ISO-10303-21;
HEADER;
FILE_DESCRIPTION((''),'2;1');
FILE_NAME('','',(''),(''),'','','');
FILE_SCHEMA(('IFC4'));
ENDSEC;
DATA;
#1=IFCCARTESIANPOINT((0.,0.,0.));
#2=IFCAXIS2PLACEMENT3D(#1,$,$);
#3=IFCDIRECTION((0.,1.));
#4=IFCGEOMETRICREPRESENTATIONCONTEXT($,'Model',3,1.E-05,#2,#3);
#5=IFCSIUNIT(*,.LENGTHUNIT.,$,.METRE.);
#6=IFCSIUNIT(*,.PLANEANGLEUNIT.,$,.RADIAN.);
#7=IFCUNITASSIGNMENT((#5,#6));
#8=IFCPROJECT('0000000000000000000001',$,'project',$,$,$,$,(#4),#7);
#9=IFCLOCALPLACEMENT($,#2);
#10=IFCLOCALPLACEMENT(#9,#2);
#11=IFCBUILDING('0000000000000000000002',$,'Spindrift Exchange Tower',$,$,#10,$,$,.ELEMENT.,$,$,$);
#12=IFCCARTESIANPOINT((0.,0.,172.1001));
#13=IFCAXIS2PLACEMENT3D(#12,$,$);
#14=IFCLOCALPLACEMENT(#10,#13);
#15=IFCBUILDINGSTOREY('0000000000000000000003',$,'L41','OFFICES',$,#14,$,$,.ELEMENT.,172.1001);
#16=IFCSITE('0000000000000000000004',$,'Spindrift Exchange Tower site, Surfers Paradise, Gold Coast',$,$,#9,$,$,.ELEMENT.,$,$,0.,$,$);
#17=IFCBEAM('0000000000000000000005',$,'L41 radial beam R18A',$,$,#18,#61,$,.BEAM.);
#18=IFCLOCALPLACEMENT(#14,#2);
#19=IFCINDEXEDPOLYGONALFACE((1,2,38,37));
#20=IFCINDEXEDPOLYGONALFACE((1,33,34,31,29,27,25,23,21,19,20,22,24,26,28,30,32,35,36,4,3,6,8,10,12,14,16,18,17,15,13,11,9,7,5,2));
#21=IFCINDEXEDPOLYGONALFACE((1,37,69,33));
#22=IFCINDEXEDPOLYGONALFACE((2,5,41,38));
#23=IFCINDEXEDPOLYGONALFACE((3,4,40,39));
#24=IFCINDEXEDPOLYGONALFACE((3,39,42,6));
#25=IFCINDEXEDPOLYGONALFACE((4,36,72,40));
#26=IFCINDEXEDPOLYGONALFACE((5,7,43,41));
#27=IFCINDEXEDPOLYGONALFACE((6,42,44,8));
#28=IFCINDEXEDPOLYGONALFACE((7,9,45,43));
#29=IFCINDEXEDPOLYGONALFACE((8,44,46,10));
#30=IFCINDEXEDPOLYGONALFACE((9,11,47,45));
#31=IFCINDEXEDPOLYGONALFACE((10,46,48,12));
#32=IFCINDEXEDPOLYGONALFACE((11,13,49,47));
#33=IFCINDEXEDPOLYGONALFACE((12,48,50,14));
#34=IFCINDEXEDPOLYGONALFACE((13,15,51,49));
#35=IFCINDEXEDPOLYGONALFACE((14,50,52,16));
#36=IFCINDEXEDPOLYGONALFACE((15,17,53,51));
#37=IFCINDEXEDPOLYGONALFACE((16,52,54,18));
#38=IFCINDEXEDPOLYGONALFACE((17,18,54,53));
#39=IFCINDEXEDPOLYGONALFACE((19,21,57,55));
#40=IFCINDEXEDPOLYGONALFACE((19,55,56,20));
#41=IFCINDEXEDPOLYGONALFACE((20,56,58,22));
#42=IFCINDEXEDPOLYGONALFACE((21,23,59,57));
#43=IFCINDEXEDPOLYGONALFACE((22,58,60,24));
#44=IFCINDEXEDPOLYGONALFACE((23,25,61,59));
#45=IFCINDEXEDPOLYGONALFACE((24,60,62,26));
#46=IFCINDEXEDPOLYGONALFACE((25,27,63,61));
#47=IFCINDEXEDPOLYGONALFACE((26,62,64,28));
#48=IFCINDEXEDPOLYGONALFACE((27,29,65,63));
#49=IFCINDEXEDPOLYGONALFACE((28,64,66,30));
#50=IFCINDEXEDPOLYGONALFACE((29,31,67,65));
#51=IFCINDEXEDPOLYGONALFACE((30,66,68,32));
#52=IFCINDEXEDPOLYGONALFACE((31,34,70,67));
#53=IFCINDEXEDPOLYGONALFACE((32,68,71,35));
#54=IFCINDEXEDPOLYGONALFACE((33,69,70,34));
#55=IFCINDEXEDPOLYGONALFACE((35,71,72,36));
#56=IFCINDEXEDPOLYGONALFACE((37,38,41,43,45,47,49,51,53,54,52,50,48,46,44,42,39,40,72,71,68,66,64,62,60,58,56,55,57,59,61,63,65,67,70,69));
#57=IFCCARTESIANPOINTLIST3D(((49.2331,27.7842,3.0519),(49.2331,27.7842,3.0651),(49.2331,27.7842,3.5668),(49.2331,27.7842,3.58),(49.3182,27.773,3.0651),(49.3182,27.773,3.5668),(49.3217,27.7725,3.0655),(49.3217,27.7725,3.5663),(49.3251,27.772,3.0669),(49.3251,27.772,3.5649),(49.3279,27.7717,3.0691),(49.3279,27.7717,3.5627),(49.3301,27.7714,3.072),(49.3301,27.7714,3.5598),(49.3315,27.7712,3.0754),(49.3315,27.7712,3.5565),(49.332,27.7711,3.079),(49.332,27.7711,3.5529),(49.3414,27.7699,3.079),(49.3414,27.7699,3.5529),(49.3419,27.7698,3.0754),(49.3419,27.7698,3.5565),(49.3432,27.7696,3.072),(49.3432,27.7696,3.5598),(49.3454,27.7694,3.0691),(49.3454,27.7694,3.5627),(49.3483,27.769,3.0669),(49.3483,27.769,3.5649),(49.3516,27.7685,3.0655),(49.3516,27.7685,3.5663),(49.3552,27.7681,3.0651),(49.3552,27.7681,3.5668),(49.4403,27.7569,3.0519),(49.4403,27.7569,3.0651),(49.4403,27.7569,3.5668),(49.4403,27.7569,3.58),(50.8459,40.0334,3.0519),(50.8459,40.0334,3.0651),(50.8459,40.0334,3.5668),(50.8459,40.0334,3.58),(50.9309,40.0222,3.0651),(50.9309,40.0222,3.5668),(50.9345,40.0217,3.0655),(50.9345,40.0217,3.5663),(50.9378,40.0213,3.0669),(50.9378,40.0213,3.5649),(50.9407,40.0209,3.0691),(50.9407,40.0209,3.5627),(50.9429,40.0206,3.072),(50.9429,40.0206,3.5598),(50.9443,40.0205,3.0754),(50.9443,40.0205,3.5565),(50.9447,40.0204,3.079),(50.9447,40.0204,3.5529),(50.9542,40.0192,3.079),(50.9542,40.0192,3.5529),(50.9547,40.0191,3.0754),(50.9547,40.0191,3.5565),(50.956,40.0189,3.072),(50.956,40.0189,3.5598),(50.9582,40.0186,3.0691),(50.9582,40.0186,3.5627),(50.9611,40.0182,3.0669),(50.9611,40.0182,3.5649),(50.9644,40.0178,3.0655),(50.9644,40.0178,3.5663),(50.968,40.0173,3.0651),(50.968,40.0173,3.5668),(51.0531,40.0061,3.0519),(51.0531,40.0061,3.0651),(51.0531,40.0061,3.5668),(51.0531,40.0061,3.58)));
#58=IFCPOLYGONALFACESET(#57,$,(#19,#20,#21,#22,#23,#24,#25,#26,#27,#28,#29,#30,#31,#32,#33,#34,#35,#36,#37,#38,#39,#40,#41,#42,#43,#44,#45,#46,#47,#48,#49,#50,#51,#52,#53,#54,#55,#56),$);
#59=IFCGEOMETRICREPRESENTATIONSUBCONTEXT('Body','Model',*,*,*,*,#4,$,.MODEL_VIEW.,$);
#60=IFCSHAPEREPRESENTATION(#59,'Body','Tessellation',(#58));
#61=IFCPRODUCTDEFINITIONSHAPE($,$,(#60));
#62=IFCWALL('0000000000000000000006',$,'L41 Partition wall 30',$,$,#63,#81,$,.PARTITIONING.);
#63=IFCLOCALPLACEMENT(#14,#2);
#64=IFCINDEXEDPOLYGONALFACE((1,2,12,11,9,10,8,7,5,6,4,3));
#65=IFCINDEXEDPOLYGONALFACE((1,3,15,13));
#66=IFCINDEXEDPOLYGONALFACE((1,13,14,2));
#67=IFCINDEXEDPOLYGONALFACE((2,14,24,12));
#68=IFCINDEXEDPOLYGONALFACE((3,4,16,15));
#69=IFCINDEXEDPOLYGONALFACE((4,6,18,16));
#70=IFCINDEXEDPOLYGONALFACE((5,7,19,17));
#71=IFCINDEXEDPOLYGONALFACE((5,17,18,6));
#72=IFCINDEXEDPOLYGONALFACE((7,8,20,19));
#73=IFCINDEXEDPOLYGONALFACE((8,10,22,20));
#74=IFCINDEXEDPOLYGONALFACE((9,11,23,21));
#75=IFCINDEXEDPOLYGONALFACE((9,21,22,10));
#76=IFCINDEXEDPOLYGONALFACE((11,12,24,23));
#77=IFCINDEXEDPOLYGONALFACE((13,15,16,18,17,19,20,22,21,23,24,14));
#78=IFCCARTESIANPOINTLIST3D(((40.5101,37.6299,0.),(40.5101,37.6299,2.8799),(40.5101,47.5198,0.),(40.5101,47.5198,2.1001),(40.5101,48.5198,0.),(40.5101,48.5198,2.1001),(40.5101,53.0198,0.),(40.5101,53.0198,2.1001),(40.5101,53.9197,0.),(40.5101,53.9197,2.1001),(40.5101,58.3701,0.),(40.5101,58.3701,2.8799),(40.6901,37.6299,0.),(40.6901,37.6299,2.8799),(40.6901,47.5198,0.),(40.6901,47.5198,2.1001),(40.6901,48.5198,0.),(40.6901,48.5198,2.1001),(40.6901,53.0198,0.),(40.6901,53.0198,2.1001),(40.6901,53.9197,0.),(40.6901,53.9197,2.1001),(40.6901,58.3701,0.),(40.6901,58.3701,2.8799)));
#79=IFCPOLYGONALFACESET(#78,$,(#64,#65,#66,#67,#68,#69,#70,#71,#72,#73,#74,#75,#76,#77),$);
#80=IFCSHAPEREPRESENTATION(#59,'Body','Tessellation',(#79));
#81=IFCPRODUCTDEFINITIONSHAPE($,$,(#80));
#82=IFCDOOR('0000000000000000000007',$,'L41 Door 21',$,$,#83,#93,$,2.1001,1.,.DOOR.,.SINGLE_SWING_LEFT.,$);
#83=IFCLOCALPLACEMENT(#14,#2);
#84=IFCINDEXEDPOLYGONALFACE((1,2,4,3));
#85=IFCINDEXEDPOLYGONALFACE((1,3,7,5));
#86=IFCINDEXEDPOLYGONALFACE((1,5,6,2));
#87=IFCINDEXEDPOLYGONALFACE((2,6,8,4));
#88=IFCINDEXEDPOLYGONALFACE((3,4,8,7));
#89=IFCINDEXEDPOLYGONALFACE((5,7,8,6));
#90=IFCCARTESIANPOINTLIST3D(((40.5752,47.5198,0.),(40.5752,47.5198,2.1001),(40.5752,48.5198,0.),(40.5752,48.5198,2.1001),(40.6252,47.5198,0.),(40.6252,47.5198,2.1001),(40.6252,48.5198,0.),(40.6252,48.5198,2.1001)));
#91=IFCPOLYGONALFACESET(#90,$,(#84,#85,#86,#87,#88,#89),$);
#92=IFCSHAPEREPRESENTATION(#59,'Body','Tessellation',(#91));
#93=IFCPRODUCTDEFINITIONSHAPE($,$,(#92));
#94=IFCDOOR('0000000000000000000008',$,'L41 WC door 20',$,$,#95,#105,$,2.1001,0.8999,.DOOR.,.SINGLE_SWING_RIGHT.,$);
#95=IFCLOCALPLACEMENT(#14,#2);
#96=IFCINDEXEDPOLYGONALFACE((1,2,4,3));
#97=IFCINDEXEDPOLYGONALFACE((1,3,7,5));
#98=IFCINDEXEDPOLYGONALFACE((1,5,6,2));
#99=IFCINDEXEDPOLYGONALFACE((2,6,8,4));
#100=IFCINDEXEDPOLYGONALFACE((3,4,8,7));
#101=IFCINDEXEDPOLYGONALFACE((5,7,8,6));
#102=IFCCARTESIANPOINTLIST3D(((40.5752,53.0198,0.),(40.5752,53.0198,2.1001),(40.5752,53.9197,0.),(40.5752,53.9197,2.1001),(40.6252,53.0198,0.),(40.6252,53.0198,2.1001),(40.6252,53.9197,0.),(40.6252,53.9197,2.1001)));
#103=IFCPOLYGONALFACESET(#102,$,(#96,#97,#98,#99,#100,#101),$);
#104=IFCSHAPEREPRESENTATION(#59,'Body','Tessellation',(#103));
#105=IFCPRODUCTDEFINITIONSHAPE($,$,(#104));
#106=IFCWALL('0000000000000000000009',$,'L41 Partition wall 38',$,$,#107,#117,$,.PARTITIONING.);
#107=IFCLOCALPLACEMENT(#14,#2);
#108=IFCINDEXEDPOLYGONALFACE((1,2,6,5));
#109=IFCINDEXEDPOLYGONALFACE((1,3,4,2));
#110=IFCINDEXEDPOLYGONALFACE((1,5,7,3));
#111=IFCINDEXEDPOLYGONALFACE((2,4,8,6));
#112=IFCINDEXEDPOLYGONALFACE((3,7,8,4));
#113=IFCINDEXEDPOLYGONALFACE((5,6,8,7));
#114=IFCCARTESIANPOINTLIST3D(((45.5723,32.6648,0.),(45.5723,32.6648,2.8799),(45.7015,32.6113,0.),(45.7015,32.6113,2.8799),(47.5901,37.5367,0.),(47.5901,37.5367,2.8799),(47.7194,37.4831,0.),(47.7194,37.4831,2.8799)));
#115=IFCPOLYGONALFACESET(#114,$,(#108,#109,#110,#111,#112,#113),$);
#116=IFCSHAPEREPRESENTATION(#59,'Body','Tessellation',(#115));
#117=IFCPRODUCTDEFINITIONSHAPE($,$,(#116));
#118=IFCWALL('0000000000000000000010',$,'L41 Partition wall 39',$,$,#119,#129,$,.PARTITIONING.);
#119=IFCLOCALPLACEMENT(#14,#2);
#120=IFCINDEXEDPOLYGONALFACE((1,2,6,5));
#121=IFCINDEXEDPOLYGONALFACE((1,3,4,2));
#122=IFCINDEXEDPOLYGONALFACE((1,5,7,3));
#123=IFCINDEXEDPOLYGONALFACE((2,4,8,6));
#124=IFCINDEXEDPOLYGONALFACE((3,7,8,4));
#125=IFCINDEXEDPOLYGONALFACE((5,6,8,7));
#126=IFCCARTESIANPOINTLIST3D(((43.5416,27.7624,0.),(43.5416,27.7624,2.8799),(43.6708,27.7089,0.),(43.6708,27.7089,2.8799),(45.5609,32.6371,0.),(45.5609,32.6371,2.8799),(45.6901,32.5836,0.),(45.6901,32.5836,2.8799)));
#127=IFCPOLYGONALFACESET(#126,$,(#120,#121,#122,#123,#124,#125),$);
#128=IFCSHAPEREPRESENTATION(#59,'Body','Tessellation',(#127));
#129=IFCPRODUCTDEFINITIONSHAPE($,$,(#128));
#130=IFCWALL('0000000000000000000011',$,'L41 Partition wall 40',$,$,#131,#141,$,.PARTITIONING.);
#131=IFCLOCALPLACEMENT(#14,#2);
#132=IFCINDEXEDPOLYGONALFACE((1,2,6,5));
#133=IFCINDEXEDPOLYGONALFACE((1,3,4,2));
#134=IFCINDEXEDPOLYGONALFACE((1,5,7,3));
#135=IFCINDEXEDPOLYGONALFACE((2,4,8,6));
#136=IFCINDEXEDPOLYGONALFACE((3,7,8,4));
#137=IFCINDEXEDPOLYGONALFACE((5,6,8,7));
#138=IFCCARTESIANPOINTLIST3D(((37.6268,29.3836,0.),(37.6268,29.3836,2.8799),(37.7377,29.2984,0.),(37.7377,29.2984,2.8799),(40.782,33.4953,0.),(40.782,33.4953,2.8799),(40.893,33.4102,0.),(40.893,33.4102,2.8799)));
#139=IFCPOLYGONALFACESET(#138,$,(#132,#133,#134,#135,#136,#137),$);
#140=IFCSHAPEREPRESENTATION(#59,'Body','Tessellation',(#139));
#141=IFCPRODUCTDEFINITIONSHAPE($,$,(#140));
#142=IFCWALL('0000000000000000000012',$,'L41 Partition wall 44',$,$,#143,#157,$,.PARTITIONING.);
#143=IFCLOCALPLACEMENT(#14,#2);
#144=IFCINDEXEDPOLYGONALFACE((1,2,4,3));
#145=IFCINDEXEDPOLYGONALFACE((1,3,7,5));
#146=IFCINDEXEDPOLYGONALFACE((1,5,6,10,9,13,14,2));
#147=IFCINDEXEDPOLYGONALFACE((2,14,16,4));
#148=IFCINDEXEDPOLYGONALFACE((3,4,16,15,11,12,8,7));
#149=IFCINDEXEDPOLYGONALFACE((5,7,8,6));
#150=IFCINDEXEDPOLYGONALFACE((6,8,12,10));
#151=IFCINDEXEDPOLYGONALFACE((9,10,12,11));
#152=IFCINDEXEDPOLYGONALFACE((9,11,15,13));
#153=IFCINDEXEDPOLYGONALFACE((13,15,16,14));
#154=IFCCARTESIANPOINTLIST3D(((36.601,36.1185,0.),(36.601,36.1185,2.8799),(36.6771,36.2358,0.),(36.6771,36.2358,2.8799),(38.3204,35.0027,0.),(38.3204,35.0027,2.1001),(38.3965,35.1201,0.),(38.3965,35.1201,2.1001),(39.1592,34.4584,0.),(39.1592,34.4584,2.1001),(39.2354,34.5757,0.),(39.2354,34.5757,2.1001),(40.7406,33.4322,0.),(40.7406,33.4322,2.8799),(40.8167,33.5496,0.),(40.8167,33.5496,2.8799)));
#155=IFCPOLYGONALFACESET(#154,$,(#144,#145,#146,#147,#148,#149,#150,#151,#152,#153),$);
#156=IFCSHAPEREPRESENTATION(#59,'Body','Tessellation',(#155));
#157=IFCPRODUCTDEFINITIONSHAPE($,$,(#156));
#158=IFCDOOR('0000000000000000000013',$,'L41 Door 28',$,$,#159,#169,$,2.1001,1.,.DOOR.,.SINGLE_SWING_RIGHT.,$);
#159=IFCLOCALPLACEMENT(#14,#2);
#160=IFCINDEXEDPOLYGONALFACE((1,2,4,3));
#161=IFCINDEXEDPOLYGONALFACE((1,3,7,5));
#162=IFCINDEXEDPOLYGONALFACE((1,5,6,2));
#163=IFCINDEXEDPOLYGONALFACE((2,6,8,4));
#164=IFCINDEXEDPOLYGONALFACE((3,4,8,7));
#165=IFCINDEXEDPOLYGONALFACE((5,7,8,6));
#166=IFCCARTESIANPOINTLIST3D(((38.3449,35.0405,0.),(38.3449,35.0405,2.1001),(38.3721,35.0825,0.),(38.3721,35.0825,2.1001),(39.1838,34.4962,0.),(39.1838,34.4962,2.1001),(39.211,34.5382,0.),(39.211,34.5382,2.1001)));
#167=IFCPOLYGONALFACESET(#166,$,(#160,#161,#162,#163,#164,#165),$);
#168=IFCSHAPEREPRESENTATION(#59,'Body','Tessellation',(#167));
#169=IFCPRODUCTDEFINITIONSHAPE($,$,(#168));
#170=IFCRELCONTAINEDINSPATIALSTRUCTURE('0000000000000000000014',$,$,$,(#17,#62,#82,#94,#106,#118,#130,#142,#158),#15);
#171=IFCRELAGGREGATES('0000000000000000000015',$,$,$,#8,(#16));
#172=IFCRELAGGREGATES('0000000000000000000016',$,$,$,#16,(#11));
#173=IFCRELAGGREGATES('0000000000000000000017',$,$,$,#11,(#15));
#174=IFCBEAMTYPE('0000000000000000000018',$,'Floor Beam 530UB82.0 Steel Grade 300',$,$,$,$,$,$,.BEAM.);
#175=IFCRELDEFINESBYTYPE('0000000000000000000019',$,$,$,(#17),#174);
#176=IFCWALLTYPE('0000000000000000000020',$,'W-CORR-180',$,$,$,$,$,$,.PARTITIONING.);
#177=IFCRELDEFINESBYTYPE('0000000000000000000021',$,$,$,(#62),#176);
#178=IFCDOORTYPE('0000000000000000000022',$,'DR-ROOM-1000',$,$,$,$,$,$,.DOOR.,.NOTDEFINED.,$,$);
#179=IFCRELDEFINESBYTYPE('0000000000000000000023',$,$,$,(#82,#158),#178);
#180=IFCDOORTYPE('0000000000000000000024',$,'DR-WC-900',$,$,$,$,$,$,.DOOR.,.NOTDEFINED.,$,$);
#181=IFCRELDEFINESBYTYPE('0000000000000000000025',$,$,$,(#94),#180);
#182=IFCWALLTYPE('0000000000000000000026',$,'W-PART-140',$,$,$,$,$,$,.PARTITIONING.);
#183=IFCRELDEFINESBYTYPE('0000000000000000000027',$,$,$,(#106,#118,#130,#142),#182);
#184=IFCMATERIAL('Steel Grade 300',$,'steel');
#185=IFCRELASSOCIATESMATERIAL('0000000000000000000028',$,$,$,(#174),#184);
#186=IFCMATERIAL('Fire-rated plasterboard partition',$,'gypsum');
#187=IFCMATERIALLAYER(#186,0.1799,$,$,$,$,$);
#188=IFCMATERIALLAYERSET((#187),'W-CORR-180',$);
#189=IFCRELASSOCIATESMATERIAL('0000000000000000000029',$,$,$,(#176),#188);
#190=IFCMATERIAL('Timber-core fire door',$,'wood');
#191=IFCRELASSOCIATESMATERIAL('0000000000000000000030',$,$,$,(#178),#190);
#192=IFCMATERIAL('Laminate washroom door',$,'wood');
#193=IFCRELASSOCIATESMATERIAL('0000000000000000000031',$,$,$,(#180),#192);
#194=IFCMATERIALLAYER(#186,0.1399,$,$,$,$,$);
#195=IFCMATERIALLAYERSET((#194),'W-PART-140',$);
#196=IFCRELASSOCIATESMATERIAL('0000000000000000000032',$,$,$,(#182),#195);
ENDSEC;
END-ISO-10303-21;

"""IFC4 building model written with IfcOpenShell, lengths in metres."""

from ifc_helpers import new_model, si_unit, direction, frame, frame_2d, origin, origin_2d, place, context, subcontext, project, spatial, rectangle, i_section, extrude, source, transform, mapped, material, layer, layer_set, material_profile, profile_set, type_object, element, fill, save


model = new_model("IFC4")

# Units and contexts
model_context = context("Model", 3, precision=1e-05, world=origin(), true_north=direction((0.0, 1.0)))
body_context = subcontext(model_context, "Body", "Model", "MODEL_VIEW")
ifc_project = project(units=[si_unit("LENGTHUNIT", "METRE"), si_unit("PLANEANGLEUNIT", "RADIAN")], contexts=[model_context])

# Site, building, storey
site_placement = place(None, origin())
site = spatial("IfcSite", under=ifc_project, at=site_placement, Name="Spindrift Exchange Tower site, Surfers Paradise, Gold Coast", CompositionType="ELEMENT", RefElevation=0.0)
building_placement = place(site_placement, origin())
building = spatial("IfcBuilding", under=site, at=building_placement, Name="Spindrift Exchange Tower", CompositionType="ELEMENT")
storey_placement = place(building_placement, frame((0.0, 0.0, 172.1001)))
storey = spatial("IfcBuildingStorey", under=building, at=storey_placement, Name="L41", Description="OFFICES", CompositionType="ELEMENT", Elevation=172.1001)

# Beam
ifc_material_1 = material(Name="Steel Grade 300", Category="steel")
ifc_material_profile_1 = material_profile(ifc_material_1, i_section(OverallWidth=0.209, OverallDepth=0.5281, WebThickness=0.0095, FlangeThickness=0.0132, FilletRadius=0.0139, at=origin_2d()), Name="530UB82.0")
ifc_profile_set_1 = profile_set([ifc_material_profile_1], Name="Steel Grade 300")
beam_type_1 = type_object("IfcBeamType", Name="Floor Beam 530UB82.0 Steel Grade 300", PredefinedType="BEAM", material=ifc_profile_set_1)
shared_shape_1 = source(origin(), body_context, "Body", "SweptSolid", [
    extrude(i_section(OverallWidth=0.209, OverallDepth=0.5281, WebThickness=0.0095, FlangeThickness=0.0132, FilletRadius=0.0139, at=origin_2d()), origin(), (0.0, 0.0, 1.0), 12.355),
])
beam_1_placement = place(storey_placement, frame((50.9495, 40.0198, 3.3159), z_axis=(-0.130538, -0.991443, 0.0), x_axis=(0.991443, -0.130538, 0.0)))
element("IfcBeam", 1, at=beam_1_placement, inside=storey, type_object=beam_type_1, Name="L41 radial beam R18A", PredefinedType="BEAM", context=body_context, shape_type="MappedRepresentation", body=[
    mapped(shared_shape_1, transform((0.0, 0.0, 0.0), scale=1.0)),
])

# Wall, openings, doors
ifc_material_2 = material(Name="Fire-rated plasterboard partition", Category="gypsum")
ifc_layer_1 = layer(ifc_material_2, 0.1799)
ifc_layer_set_1 = layer_set([ifc_layer_1], Name="W-CORR-180")
wall_type_1 = type_object("IfcWallType", Name="W-CORR-180", PredefinedType="PARTITIONING", material=ifc_layer_set_1)
wall_1_placement = place(storey_placement, frame((40.6001, 37.6299, 0.0), z_axis=(0.0, 0.0, 1.0), x_axis=(0.0, 1.0, 0.0)))
wall_1 = element("IfcWall", 2, at=wall_1_placement, inside=storey, type_object=wall_type_1, Name="L41 Partition wall 30", PredefinedType="PARTITIONING", context=body_context, shape_type="SweptSolid", body=[
    extrude(rectangle(XDim=20.7402, YDim=0.1799, at=frame_2d((10.3701, 0.0))), origin(), (0.0, 0.0, 1.0), 2.8799),
])
opening_1_placement = place(wall_1_placement, frame((15.3899, 0.0, 0.0)))
opening_1 = element("IfcOpeningElement", 3, at=opening_1_placement, cuts=wall_1, PredefinedType="OPENING", context=body_context, shape_type="SweptSolid", body=[
    extrude(rectangle(XDim=0.8999, YDim=2.1001, at=frame_2d((0.45, 1.05))), frame((0.0, 0.0999, 0.0), z_axis=(0.0, -1.0, 0.0), x_axis=(1.0, 0.0, 0.0)), (0.0, 0.0, 1.0), 0.2),
])
opening_2_placement = place(wall_1_placement, frame((9.8899, 0.0, 0.0)))
opening_2 = element("IfcOpeningElement", 4, at=opening_2_placement, cuts=wall_1, PredefinedType="OPENING", context=body_context, shape_type="SweptSolid", body=[
    extrude(rectangle(XDim=1.0, YDim=2.1001, at=frame_2d((0.5, 1.05))), frame((0.0, 0.0999, 0.0), z_axis=(0.0, -1.0, 0.0), x_axis=(1.0, 0.0, 0.0)), (0.0, 0.0, 1.0), 0.2),
])
ifc_material_3 = material(Name="Timber-core fire door", Category="wood")
door_type_1 = type_object("IfcDoorType", Name="DR-ROOM-1000", OperationType="NOTDEFINED", PredefinedType="DOOR", material=ifc_material_3)
shared_shape_2 = source(origin(), body_context, "Body", "SweptSolid", [
    extrude(rectangle(XDim=1.0, YDim=2.1001, at=frame_2d((0.5, 1.05))), frame((0.0, 0.0249, 0.0), z_axis=(0.0, -1.0, 0.0), x_axis=(1.0, 0.0, 0.0)), (0.0, 0.0, 1.0), 0.05),
])
door_1_placement = place(opening_2_placement, origin())
door_1 = element("IfcDoor", 5, at=door_1_placement, inside=storey, type_object=door_type_1, Name="L41 Door 21", OperationType="SINGLE_SWING_LEFT", OverallHeight=2.1001, OverallWidth=1.0, PredefinedType="DOOR", context=body_context, shape_type="MappedRepresentation", body=[
    mapped(shared_shape_2, transform((0.0, 0.0, 0.0), scale=1.0)),
])
fill(opening_2, door_1)
ifc_material_4 = material(Name="Laminate washroom door", Category="wood")
door_type_2 = type_object("IfcDoorType", Name="DR-WC-900", OperationType="NOTDEFINED", PredefinedType="DOOR", material=ifc_material_4)
shared_shape_3 = source(origin(), body_context, "Body", "SweptSolid", [
    extrude(rectangle(XDim=0.8999, YDim=2.1001, at=frame_2d((0.45, 1.05))), frame((0.0, 0.0249, 0.0), z_axis=(0.0, -1.0, 0.0), x_axis=(1.0, 0.0, 0.0)), (0.0, 0.0, 1.0), 0.05),
])
door_2_placement = place(opening_1_placement, origin())
door_2 = element("IfcDoor", 6, at=door_2_placement, inside=storey, type_object=door_type_2, Name="L41 WC door 20", OperationType="SINGLE_SWING_RIGHT", OverallHeight=2.1001, OverallWidth=0.8999, PredefinedType="DOOR", context=body_context, shape_type="MappedRepresentation", body=[
    mapped(shared_shape_3, transform((0.0, 0.0, 0.0), scale=1.0)),
])
fill(opening_1, door_2)

# Walls
ifc_layer_2 = layer(ifc_material_2, 0.1399)
ifc_layer_set_2 = layer_set([ifc_layer_2], Name="W-PART-140")
wall_type_2 = type_object("IfcWallType", Name="W-PART-140", PredefinedType="PARTITIONING", material=ifc_layer_set_2)
wall_2_placement = place(storey_placement, frame((47.6548, 37.51, 0.0), z_axis=(0.0, 0.0, 1.0), x_axis=(-0.382658, -0.92389, 0.0)))
element("IfcWall", 7, at=wall_2_placement, inside=storey, type_object=wall_type_2, Name="L41 Partition wall 38", PredefinedType="PARTITIONING", context=body_context, shape_type="SweptSolid", body=[
    extrude(rectangle(XDim=5.2732, YDim=0.1399, at=frame_2d((2.6367, 0.0))), origin(), (0.0, 0.0, 1.0), 2.8799),
])
wall_3_placement = place(storey_placement, frame((45.6255, 32.6104, 0.0), z_axis=(0.0, 0.0, 1.0), x_axis=(-0.382699, -0.923873, 0.0)))
element("IfcWall", 8, at=wall_3_placement, inside=storey, type_object=wall_type_2, Name="L41 Partition wall 39", PredefinedType="PARTITIONING", context=body_context, shape_type="SweptSolid", body=[
    extrude(rectangle(XDim=5.2764, YDim=0.1399, at=frame_2d((2.6382, 0.0))), origin(), (0.0, 0.0, 1.0), 2.8799),
])
wall_4_placement = place(storey_placement, frame((40.8374, 33.4526, 0.0), z_axis=(0.0, 0.0, 1.0), x_axis=(-0.608782, -0.793338, 0.0)))
element("IfcWall", 9, at=wall_4_placement, inside=storey, type_object=wall_type_2, Name="L41 Partition wall 40", PredefinedType="PARTITIONING", context=body_context, shape_type="SweptSolid", body=[
    extrude(rectangle(XDim=5.1829, YDim=0.1399, at=frame_2d((2.5913, 0.0))), origin(), (0.0, 0.0, 1.0), 2.8799),
])

# Wall, opening, door
wall_5_placement = place(storey_placement, frame((40.7786, 33.491, 0.0), z_axis=(0.0, 0.0, 1.0), x_axis=(-0.838859, 0.544348, 0.0)))
wall_5 = element("IfcWall", 10, at=wall_5_placement, inside=storey, type_object=wall_type_2, Name="L41 Partition wall 44", PredefinedType="PARTITIONING", context=body_context, shape_type="SweptSolid", body=[
    extrude(rectangle(XDim=4.9348, YDim=0.1399, at=frame_2d((2.4673, 0.0))), origin(), (0.0, 0.0, 1.0), 2.8799),
])
opening_3_placement = place(wall_5_placement, frame((1.885, 0.0, 0.0)))
opening_3 = element("IfcOpeningElement", 11, at=opening_3_placement, cuts=wall_5, PredefinedType="OPENING", context=body_context, shape_type="SweptSolid", body=[
    extrude(rectangle(XDim=1.0, YDim=2.1001, at=frame_2d((0.5, 1.05))), frame((0.0, 0.0798, 0.0), z_axis=(0.0, -1.0, 0.0), x_axis=(1.0, 0.0, 0.0)), (0.0, 0.0, 1.0), 0.1599),
])
door_3_placement = place(opening_3_placement, origin())
door_3 = element("IfcDoor", 12, at=door_3_placement, inside=storey, type_object=door_type_1, Name="L41 Door 28", OperationType="SINGLE_SWING_RIGHT", OverallHeight=2.1001, OverallWidth=1.0, PredefinedType="DOOR", context=body_context, shape_type="MappedRepresentation", body=[
    mapped(shared_shape_2, transform((0.0, 0.0, 0.0), scale=1.0)),
])
fill(opening_3, door_3)

save(model, "model.ifc")
